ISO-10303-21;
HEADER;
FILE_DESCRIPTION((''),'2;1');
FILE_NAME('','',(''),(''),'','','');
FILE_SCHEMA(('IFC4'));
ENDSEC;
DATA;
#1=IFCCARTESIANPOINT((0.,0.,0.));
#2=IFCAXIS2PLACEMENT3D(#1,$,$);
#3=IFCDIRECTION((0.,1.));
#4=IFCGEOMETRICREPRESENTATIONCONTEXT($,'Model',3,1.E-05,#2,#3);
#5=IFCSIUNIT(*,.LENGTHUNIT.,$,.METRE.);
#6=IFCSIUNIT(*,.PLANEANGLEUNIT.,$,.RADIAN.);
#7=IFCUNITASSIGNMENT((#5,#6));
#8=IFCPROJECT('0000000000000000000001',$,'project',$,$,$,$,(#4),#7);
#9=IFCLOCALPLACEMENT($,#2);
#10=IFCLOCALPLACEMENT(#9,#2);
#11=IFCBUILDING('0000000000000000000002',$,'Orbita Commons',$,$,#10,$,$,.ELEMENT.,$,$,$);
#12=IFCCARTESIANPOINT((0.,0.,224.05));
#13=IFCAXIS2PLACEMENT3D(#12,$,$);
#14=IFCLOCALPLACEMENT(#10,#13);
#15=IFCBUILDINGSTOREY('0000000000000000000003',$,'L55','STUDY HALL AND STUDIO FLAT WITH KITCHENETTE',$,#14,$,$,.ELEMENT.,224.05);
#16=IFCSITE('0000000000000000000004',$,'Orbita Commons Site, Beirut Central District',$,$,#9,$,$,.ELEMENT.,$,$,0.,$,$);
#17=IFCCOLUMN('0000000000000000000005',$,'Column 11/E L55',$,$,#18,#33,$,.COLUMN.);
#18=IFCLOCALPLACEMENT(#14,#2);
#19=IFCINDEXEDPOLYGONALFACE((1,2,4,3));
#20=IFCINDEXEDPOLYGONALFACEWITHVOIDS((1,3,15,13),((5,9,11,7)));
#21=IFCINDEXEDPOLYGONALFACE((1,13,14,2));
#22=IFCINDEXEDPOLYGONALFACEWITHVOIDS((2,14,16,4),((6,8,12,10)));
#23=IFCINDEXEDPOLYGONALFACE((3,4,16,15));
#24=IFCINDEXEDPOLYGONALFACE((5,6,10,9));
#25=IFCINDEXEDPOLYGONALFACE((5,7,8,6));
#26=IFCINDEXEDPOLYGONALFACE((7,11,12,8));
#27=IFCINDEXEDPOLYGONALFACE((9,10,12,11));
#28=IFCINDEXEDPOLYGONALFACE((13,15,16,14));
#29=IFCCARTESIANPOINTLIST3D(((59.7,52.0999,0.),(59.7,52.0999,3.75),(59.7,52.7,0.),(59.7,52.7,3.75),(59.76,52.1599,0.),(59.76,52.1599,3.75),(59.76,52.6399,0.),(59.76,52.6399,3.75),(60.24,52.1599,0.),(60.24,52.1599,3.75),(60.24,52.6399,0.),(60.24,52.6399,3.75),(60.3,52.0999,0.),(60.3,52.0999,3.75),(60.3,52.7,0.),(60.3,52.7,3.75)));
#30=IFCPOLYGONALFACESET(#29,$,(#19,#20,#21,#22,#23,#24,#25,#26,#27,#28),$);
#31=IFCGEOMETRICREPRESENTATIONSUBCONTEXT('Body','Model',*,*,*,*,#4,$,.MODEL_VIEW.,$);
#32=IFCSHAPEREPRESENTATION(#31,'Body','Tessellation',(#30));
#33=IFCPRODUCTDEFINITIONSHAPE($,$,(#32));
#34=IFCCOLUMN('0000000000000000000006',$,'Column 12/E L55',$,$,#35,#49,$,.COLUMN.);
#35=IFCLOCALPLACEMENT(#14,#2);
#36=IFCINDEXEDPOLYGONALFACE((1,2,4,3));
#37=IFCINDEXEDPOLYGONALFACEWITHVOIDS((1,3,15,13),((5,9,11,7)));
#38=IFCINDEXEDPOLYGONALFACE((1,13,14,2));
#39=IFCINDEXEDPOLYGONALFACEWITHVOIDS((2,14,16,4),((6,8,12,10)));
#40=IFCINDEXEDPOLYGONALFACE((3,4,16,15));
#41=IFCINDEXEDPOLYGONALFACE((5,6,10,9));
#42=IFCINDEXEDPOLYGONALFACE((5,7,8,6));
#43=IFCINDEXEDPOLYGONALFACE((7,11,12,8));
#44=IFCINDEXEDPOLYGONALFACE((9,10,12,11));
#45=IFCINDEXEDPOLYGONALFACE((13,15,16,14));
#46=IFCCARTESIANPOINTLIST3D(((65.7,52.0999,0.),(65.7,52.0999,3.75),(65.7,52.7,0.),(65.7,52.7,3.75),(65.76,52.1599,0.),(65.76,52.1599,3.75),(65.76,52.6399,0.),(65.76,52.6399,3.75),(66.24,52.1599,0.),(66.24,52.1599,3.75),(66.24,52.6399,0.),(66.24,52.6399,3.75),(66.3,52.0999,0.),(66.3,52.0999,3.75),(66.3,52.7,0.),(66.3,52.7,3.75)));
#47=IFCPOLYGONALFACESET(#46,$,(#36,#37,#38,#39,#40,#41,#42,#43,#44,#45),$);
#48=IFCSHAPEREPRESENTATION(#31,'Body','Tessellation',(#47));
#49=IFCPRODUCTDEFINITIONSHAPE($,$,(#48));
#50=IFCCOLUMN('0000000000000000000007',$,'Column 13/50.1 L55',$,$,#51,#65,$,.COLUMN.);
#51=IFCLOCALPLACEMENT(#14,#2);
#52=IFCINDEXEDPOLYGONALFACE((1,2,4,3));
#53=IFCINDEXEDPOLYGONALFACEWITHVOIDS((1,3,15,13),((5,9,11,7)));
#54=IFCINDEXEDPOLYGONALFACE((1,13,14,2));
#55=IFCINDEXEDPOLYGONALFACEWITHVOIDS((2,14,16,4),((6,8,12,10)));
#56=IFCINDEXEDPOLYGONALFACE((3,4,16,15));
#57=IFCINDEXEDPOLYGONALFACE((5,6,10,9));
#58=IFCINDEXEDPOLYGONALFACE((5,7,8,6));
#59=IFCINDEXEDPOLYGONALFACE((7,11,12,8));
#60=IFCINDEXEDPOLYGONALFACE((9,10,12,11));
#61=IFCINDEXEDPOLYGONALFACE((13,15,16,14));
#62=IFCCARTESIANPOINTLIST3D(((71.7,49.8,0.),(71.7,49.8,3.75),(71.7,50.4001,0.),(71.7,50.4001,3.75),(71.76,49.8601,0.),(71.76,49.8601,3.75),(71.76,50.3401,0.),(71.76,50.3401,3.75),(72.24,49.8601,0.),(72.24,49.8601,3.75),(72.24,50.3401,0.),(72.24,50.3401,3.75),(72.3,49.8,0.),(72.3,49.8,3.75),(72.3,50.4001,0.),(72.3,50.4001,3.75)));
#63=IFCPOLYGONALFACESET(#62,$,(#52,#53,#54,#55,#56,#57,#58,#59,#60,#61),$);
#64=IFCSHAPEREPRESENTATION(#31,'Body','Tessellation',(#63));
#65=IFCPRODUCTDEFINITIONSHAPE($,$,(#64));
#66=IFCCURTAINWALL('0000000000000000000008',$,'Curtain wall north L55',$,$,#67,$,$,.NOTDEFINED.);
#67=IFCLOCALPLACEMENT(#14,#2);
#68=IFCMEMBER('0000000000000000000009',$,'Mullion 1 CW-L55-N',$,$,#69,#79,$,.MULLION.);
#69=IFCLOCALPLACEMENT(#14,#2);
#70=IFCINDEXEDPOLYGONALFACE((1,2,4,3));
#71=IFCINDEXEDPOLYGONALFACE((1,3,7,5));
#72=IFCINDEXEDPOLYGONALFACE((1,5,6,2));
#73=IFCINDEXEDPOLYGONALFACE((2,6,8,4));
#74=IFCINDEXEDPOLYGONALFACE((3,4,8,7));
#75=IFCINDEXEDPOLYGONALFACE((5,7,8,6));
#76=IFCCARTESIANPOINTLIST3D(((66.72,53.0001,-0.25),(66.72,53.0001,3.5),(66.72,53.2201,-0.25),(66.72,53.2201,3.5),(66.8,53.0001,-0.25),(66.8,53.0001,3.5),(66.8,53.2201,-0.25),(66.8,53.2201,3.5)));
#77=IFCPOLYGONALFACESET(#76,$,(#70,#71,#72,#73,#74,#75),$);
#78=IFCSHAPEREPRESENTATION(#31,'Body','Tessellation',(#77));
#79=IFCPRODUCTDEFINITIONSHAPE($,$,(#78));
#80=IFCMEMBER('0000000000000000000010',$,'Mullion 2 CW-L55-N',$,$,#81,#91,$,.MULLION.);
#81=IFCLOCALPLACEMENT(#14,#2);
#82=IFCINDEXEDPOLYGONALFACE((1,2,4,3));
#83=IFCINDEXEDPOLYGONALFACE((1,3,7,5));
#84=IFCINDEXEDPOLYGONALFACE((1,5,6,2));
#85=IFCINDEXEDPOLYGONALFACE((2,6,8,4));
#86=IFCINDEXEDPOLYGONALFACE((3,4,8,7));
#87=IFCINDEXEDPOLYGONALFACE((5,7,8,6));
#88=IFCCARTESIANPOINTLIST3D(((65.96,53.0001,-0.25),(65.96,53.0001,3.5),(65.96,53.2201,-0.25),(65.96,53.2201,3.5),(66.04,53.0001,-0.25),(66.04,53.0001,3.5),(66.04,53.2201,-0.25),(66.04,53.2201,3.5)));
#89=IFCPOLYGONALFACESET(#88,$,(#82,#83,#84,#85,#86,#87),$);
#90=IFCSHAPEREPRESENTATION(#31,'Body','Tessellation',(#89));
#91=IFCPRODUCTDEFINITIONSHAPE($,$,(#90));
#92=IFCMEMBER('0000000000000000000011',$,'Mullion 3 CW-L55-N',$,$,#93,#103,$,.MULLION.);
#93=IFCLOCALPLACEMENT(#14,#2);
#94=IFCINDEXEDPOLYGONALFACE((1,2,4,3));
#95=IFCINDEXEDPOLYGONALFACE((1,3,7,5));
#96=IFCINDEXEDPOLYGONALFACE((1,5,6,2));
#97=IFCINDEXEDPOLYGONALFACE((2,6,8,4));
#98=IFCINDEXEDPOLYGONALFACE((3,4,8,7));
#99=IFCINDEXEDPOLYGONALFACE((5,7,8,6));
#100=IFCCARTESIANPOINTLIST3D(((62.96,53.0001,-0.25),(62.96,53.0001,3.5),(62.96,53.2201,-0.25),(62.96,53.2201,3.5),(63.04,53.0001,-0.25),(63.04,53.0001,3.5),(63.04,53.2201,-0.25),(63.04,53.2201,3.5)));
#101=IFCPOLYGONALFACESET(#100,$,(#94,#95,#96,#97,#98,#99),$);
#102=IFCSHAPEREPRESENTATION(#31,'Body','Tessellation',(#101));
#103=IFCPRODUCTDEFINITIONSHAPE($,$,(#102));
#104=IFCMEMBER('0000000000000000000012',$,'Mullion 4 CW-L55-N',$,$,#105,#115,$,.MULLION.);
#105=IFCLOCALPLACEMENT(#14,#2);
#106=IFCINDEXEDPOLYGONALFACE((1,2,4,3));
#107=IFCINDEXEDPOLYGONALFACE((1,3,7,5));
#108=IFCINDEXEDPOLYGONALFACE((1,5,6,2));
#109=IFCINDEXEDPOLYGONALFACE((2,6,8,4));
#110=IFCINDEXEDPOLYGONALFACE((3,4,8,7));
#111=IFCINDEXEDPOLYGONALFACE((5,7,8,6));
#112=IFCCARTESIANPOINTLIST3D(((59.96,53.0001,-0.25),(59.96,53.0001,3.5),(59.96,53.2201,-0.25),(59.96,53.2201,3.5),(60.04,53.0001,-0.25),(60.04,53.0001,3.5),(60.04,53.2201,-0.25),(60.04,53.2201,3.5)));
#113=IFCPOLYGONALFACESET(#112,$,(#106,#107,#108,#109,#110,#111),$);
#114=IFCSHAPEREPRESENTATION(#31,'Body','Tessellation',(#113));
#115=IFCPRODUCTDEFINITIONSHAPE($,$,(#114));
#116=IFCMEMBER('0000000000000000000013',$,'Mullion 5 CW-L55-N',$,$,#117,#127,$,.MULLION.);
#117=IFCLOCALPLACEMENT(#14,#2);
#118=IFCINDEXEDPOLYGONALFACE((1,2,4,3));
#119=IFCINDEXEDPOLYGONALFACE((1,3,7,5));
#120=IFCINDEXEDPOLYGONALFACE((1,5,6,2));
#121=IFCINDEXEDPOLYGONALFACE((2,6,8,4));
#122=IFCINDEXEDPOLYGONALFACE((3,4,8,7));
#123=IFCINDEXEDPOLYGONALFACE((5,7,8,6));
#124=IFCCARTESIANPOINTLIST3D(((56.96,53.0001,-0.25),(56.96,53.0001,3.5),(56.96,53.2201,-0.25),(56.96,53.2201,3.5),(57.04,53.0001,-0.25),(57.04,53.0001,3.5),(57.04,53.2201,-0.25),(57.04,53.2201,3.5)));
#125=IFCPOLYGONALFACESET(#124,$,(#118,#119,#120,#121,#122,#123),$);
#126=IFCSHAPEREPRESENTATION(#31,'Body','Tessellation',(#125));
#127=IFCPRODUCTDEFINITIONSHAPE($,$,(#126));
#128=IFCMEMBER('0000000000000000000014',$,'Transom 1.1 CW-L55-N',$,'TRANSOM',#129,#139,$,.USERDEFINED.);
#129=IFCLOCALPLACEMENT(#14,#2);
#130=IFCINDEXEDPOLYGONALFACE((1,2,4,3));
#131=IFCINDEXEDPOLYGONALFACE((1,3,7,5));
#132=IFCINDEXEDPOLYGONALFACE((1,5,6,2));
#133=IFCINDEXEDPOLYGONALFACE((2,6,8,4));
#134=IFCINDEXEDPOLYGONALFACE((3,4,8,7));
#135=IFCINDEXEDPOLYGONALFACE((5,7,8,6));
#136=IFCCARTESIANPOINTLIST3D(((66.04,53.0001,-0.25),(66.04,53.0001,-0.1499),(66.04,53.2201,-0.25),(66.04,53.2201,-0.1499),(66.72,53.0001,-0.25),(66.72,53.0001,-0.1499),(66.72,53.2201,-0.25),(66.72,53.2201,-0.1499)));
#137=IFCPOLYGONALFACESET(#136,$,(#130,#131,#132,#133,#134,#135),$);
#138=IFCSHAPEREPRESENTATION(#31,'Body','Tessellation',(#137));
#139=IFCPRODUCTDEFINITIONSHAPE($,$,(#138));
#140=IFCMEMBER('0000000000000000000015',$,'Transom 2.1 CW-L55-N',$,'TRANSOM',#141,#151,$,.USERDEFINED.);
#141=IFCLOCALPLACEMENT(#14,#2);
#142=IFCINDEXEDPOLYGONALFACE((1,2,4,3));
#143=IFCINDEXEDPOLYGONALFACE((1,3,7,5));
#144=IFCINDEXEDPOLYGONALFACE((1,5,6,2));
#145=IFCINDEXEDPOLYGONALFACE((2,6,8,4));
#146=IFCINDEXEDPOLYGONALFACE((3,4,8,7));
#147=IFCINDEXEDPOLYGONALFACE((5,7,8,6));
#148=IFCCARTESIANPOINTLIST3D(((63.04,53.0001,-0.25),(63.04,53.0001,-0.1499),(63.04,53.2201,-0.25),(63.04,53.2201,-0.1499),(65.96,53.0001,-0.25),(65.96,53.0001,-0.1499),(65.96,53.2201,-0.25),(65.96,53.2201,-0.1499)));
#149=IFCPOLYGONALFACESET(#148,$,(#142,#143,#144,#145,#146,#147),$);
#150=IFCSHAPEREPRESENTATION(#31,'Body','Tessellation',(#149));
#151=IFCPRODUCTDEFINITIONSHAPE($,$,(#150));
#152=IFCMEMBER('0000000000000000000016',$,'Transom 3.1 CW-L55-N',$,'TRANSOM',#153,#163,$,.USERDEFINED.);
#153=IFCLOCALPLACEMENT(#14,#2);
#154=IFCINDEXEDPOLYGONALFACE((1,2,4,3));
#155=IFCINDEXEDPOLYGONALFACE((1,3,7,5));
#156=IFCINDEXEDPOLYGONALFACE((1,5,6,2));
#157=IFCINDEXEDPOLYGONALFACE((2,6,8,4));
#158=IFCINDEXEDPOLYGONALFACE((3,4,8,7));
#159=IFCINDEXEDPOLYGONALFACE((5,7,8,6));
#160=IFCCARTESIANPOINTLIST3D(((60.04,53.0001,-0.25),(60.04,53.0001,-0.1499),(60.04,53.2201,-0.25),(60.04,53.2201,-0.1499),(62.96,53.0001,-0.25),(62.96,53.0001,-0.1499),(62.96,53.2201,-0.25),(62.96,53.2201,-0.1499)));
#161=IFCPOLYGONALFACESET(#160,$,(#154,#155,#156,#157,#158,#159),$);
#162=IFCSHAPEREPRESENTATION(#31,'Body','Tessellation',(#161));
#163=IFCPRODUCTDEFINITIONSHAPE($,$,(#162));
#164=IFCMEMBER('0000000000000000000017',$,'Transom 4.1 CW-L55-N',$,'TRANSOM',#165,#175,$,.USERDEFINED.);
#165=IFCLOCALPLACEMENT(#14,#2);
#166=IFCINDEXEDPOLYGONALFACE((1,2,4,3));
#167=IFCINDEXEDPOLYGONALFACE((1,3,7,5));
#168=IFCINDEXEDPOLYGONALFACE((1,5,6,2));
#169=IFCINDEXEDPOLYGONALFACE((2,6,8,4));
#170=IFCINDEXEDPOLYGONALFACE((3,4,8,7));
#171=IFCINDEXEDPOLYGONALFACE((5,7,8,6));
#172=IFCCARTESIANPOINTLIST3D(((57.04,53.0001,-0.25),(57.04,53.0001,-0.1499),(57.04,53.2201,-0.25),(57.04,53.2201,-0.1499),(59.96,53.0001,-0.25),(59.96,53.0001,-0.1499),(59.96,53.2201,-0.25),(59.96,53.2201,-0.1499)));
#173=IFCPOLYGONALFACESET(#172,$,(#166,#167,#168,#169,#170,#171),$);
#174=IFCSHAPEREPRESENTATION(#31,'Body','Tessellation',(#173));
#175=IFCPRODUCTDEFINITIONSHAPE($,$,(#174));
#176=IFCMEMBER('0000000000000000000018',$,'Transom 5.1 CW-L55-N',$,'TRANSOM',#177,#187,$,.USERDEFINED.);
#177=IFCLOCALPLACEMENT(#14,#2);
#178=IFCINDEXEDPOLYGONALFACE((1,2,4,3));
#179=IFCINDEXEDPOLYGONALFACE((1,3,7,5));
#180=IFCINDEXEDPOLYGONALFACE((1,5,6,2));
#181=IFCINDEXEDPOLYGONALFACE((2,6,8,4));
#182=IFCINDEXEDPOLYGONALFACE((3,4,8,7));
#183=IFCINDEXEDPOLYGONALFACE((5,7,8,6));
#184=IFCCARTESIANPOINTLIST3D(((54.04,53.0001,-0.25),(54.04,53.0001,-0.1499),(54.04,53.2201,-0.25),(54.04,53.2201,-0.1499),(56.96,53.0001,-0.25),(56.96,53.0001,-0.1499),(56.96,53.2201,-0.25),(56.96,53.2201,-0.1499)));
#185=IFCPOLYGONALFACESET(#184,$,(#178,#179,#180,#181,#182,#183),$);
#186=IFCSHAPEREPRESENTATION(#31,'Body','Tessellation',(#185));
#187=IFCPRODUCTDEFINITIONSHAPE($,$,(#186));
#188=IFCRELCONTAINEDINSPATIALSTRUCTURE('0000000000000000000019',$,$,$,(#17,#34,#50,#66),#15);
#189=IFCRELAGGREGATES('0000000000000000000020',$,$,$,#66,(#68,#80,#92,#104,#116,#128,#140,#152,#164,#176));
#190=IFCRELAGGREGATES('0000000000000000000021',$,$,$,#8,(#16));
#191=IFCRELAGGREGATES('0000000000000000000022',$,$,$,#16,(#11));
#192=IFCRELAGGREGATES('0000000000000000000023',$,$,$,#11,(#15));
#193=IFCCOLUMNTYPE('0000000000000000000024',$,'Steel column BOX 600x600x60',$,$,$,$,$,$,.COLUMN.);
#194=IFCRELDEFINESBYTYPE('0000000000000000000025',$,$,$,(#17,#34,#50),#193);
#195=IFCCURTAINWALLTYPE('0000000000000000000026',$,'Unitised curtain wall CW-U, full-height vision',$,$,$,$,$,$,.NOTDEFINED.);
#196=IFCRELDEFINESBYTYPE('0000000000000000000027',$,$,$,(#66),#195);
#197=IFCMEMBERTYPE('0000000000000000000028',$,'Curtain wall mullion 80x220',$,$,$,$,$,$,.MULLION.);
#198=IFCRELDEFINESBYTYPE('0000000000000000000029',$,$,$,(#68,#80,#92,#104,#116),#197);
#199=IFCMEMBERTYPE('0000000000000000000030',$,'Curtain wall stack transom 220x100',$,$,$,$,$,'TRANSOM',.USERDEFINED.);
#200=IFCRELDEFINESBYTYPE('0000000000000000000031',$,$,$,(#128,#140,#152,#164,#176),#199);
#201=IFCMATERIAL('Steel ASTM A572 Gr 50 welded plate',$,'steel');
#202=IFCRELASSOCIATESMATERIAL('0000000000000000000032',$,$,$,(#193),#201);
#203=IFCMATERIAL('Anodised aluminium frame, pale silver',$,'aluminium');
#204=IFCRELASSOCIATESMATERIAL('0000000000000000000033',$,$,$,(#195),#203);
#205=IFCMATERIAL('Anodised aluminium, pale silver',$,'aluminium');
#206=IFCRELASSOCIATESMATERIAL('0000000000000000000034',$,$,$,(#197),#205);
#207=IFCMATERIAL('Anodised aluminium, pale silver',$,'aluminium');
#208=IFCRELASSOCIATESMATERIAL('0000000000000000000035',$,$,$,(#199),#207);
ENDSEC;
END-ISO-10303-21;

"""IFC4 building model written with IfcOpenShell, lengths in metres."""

from ifc_helpers import new_model, si_unit, direction, frame, origin, origin_2d, place, context, subcontext, project, spatial, rectangle, hollow_rectangle, extrude, material, material_profile, profile_set, type_object, element, aggregate, save


model = new_model("IFC4")

# Units and contexts
model_context = context("Model", 3, precision=1e-05, world=origin(), true_north=direction((0.0, 1.0)))
body_context = subcontext(model_context, "Body", "Model", "MODEL_VIEW")
ifc_project = project(units=[si_unit("LENGTHUNIT", "METRE"), si_unit("PLANEANGLEUNIT", "RADIAN")], contexts=[model_context])

# Site, building, storey
site_placement = place(None, origin())
site = spatial("IfcSite", under=ifc_project, at=site_placement, Name="Orbita Commons Site, Beirut Central District", CompositionType="ELEMENT", RefElevation=0.0)
building_placement = place(site_placement, origin())
building = spatial("IfcBuilding", under=site, at=building_placement, Name="Orbita Commons", CompositionType="ELEMENT")
storey_placement = place(building_placement, frame((0.0, 0.0, 224.05)))
storey = spatial("IfcBuildingStorey", under=building, at=storey_placement, Name="L55", Description="STUDY HALL AND STUDIO FLAT WITH KITCHENETTE", CompositionType="ELEMENT", Elevation=224.05)

# Columns
ifc_material_1 = material(Name="Steel ASTM A572 Gr 50 welded plate", Category="steel")
ifc_material_profile_1 = material_profile(ifc_material_1, hollow_rectangle(XDim=0.6001, YDim=0.6001, WallThickness=0.0601, at=origin_2d()), Name="BOX 600x600x60")
ifc_profile_set_1 = profile_set([ifc_material_profile_1], Name="Steel ASTM A572 Gr 50 welded plate")
column_type = type_object("IfcColumnType", Name="Steel column BOX 600x600x60", PredefinedType="COLUMN", material=ifc_profile_set_1)
for number, where, z_axis, x_axis, name in (
    (1, (60.0, 52.3999, 0.0), (0.0, 0.0, 1.0), (1.0, 0.0, 0.0), "Column 11/E L55"),
    (2, (66.0, 52.3999, 0.0), (0.0, 0.0, 1.0), (1.0, 0.0, 0.0), "Column 12/E L55"),
    (3, (72.0, 50.1001, 0.0), (0.0, 0.0, 1.0), (1.0, 0.0, 0.0), "Column 13/50.1 L55"),
):
    element("IfcColumn", number, at=place(storey_placement, frame(where, z_axis=z_axis, x_axis=x_axis)), inside=storey, type_object=column_type, Name=name, PredefinedType="COLUMN", context=body_context, shape_type="SweptSolid", body=[
        extrude(hollow_rectangle(XDim=0.6001, YDim=0.6001, WallThickness=0.0601, at=origin_2d()), origin(), (0.0, 0.0, 1.0), 3.75),
    ])

# Curtain wall, members
ifc_material_2 = material(Name="Anodised aluminium frame, pale silver", Category="aluminium")
curtain_wall_type = type_object("IfcCurtainWallType", Name="Unitised curtain wall CW-U, full-height vision", PredefinedType="NOTDEFINED", material=ifc_material_2)
curtain_wall_placement = place(storey_placement, origin())
curtain_wall = element("IfcCurtainWall", 4, at=curtain_wall_placement, inside=storey, type_object=curtain_wall_type, Name="Curtain wall north L55", PredefinedType="NOTDEFINED")
ifc_material_3 = material(Name="Anodised aluminium, pale silver", Category="aluminium")
ifc_material_profile_2 = material_profile(ifc_material_3, rectangle(XDim=0.0801, YDim=0.22, at=origin_2d()), Name="AL 80x220")
ifc_profile_set_2 = profile_set([ifc_material_profile_2], Name="Anodised aluminium, pale silver")
member_type_1 = type_object("IfcMemberType", Name="Curtain wall mullion 80x220", PredefinedType="MULLION", material=ifc_profile_set_2)
member_1_placement = place(storey_placement, frame((66.76, 53.1101, -0.25), z_axis=(0.0, 0.0, 1.0), x_axis=(-1.0, 0.0, 0.0)))
member_1 = element("IfcMember", 5, at=member_1_placement, type_object=member_type_1, Name="Mullion 1 CW-L55-N", PredefinedType="MULLION", context=body_context, shape_type="SweptSolid", body=[
    extrude(rectangle(XDim=0.0801, YDim=0.22, at=origin_2d()), origin(), (0.0, 0.0, 1.0), 3.75),
])
member_2_placement = place(storey_placement, frame((66.0, 53.1101, -0.25), z_axis=(0.0, 0.0, 1.0), x_axis=(-1.0, 0.0, 0.0)))
member_2 = element("IfcMember", 6, at=member_2_placement, type_object=member_type_1, Name="Mullion 2 CW-L55-N", PredefinedType="MULLION", context=body_context, shape_type="SweptSolid", body=[
    extrude(rectangle(XDim=0.0801, YDim=0.22, at=origin_2d()), origin(), (0.0, 0.0, 1.0), 3.75),
])
member_3_placement = place(storey_placement, frame((63.0, 53.1101, -0.25), z_axis=(0.0, 0.0, 1.0), x_axis=(-1.0, 0.0, 0.0)))
member_3 = element("IfcMember", 7, at=member_3_placement, type_object=member_type_1, Name="Mullion 3 CW-L55-N", PredefinedType="MULLION", context=body_context, shape_type="SweptSolid", body=[
    extrude(rectangle(XDim=0.0801, YDim=0.22, at=origin_2d()), origin(), (0.0, 0.0, 1.0), 3.75),
])
member_4_placement = place(storey_placement, frame((60.0, 53.1101, -0.25), z_axis=(0.0, 0.0, 1.0), x_axis=(-1.0, 0.0, 0.0)))
member_4 = element("IfcMember", 8, at=member_4_placement, type_object=member_type_1, Name="Mullion 4 CW-L55-N", PredefinedType="MULLION", context=body_context, shape_type="SweptSolid", body=[
    extrude(rectangle(XDim=0.0801, YDim=0.22, at=origin_2d()), origin(), (0.0, 0.0, 1.0), 3.75),
])
member_5_placement = place(storey_placement, frame((57.0, 53.1101, -0.25), z_axis=(0.0, 0.0, 1.0), x_axis=(-1.0, 0.0, 0.0)))
member_5 = element("IfcMember", 9, at=member_5_placement, type_object=member_type_1, Name="Mullion 5 CW-L55-N", PredefinedType="MULLION", context=body_context, shape_type="SweptSolid", body=[
    extrude(rectangle(XDim=0.0801, YDim=0.22, at=origin_2d()), origin(), (0.0, 0.0, 1.0), 3.75),
])
ifc_material_4 = material(Name="Anodised aluminium, pale silver", Category="aluminium")
ifc_material_profile_3 = material_profile(ifc_material_4, rectangle(XDim=0.22, YDim=0.1001, at=origin_2d()), Name="AL 220x100")
ifc_profile_set_3 = profile_set([ifc_material_profile_3], Name="Anodised aluminium, pale silver")
member_type_2 = type_object("IfcMemberType", Name="Curtain wall stack transom 220x100", ElementType="TRANSOM", PredefinedType="USERDEFINED", material=ifc_profile_set_3)
member_6_placement = place(storey_placement, frame((66.72, 53.1101, -0.2), z_axis=(-1.0, 0.0, 0.0), x_axis=(0.0, -1.0, 0.0)))
member_6 = element("IfcMember", 10, at=member_6_placement, type_object=member_type_2, Name="Transom 1.1 CW-L55-N", ObjectType="TRANSOM", PredefinedType="USERDEFINED", context=body_context, shape_type="SweptSolid", body=[
    extrude(rectangle(XDim=0.22, YDim=0.1001, at=origin_2d()), origin(), (0.0, 0.0, 1.0), 0.6799),
])
member_7_placement = place(storey_placement, frame((65.96, 53.1101, -0.2), z_axis=(-1.0, 0.0, 0.0), x_axis=(0.0, -1.0, 0.0)))
member_7 = element("IfcMember", 11, at=member_7_placement, type_object=member_type_2, Name="Transom 2.1 CW-L55-N", ObjectType="TRANSOM", PredefinedType="USERDEFINED", context=body_context, shape_type="SweptSolid", body=[
    extrude(rectangle(XDim=0.22, YDim=0.1001, at=origin_2d()), origin(), (0.0, 0.0, 1.0), 2.9199),
])
member_8_placement = place(storey_placement, frame((62.96, 53.1101, -0.2), z_axis=(-1.0, 0.0, 0.0), x_axis=(0.0, -1.0, 0.0)))
member_8 = element("IfcMember", 12, at=member_8_placement, type_object=member_type_2, Name="Transom 3.1 CW-L55-N", ObjectType="TRANSOM", PredefinedType="USERDEFINED", context=body_context, shape_type="SweptSolid", body=[
    extrude(rectangle(XDim=0.22, YDim=0.1001, at=origin_2d()), origin(), (0.0, 0.0, 1.0), 2.9199),
])
member_9_placement = place(storey_placement, frame((59.96, 53.1101, -0.2), z_axis=(-1.0, 0.0, 0.0), x_axis=(0.0, -1.0, 0.0)))
member_9 = element("IfcMember", 13, at=member_9_placement, type_object=member_type_2, Name="Transom 4.1 CW-L55-N", ObjectType="TRANSOM", PredefinedType="USERDEFINED", context=body_context, shape_type="SweptSolid", body=[
    extrude(rectangle(XDim=0.22, YDim=0.1001, at=origin_2d()), origin(), (0.0, 0.0, 1.0), 2.9199),
])
member_10_placement = place(storey_placement, frame((56.96, 53.1101, -0.2), z_axis=(-1.0, 0.0, 0.0), x_axis=(0.0, -1.0, 0.0)))
member_10 = element("IfcMember", 14, at=member_10_placement, type_object=member_type_2, Name="Transom 5.1 CW-L55-N", ObjectType="TRANSOM", PredefinedType="USERDEFINED", context=body_context, shape_type="SweptSolid", body=[
    extrude(rectangle(XDim=0.22, YDim=0.1001, at=origin_2d()), origin(), (0.0, 0.0, 1.0), 2.9199),
])

aggregate(curtain_wall, [member_1, member_2, member_3, member_4, member_5, member_6, member_7, member_8, member_9, member_10])

save(model, "model.ifc")
